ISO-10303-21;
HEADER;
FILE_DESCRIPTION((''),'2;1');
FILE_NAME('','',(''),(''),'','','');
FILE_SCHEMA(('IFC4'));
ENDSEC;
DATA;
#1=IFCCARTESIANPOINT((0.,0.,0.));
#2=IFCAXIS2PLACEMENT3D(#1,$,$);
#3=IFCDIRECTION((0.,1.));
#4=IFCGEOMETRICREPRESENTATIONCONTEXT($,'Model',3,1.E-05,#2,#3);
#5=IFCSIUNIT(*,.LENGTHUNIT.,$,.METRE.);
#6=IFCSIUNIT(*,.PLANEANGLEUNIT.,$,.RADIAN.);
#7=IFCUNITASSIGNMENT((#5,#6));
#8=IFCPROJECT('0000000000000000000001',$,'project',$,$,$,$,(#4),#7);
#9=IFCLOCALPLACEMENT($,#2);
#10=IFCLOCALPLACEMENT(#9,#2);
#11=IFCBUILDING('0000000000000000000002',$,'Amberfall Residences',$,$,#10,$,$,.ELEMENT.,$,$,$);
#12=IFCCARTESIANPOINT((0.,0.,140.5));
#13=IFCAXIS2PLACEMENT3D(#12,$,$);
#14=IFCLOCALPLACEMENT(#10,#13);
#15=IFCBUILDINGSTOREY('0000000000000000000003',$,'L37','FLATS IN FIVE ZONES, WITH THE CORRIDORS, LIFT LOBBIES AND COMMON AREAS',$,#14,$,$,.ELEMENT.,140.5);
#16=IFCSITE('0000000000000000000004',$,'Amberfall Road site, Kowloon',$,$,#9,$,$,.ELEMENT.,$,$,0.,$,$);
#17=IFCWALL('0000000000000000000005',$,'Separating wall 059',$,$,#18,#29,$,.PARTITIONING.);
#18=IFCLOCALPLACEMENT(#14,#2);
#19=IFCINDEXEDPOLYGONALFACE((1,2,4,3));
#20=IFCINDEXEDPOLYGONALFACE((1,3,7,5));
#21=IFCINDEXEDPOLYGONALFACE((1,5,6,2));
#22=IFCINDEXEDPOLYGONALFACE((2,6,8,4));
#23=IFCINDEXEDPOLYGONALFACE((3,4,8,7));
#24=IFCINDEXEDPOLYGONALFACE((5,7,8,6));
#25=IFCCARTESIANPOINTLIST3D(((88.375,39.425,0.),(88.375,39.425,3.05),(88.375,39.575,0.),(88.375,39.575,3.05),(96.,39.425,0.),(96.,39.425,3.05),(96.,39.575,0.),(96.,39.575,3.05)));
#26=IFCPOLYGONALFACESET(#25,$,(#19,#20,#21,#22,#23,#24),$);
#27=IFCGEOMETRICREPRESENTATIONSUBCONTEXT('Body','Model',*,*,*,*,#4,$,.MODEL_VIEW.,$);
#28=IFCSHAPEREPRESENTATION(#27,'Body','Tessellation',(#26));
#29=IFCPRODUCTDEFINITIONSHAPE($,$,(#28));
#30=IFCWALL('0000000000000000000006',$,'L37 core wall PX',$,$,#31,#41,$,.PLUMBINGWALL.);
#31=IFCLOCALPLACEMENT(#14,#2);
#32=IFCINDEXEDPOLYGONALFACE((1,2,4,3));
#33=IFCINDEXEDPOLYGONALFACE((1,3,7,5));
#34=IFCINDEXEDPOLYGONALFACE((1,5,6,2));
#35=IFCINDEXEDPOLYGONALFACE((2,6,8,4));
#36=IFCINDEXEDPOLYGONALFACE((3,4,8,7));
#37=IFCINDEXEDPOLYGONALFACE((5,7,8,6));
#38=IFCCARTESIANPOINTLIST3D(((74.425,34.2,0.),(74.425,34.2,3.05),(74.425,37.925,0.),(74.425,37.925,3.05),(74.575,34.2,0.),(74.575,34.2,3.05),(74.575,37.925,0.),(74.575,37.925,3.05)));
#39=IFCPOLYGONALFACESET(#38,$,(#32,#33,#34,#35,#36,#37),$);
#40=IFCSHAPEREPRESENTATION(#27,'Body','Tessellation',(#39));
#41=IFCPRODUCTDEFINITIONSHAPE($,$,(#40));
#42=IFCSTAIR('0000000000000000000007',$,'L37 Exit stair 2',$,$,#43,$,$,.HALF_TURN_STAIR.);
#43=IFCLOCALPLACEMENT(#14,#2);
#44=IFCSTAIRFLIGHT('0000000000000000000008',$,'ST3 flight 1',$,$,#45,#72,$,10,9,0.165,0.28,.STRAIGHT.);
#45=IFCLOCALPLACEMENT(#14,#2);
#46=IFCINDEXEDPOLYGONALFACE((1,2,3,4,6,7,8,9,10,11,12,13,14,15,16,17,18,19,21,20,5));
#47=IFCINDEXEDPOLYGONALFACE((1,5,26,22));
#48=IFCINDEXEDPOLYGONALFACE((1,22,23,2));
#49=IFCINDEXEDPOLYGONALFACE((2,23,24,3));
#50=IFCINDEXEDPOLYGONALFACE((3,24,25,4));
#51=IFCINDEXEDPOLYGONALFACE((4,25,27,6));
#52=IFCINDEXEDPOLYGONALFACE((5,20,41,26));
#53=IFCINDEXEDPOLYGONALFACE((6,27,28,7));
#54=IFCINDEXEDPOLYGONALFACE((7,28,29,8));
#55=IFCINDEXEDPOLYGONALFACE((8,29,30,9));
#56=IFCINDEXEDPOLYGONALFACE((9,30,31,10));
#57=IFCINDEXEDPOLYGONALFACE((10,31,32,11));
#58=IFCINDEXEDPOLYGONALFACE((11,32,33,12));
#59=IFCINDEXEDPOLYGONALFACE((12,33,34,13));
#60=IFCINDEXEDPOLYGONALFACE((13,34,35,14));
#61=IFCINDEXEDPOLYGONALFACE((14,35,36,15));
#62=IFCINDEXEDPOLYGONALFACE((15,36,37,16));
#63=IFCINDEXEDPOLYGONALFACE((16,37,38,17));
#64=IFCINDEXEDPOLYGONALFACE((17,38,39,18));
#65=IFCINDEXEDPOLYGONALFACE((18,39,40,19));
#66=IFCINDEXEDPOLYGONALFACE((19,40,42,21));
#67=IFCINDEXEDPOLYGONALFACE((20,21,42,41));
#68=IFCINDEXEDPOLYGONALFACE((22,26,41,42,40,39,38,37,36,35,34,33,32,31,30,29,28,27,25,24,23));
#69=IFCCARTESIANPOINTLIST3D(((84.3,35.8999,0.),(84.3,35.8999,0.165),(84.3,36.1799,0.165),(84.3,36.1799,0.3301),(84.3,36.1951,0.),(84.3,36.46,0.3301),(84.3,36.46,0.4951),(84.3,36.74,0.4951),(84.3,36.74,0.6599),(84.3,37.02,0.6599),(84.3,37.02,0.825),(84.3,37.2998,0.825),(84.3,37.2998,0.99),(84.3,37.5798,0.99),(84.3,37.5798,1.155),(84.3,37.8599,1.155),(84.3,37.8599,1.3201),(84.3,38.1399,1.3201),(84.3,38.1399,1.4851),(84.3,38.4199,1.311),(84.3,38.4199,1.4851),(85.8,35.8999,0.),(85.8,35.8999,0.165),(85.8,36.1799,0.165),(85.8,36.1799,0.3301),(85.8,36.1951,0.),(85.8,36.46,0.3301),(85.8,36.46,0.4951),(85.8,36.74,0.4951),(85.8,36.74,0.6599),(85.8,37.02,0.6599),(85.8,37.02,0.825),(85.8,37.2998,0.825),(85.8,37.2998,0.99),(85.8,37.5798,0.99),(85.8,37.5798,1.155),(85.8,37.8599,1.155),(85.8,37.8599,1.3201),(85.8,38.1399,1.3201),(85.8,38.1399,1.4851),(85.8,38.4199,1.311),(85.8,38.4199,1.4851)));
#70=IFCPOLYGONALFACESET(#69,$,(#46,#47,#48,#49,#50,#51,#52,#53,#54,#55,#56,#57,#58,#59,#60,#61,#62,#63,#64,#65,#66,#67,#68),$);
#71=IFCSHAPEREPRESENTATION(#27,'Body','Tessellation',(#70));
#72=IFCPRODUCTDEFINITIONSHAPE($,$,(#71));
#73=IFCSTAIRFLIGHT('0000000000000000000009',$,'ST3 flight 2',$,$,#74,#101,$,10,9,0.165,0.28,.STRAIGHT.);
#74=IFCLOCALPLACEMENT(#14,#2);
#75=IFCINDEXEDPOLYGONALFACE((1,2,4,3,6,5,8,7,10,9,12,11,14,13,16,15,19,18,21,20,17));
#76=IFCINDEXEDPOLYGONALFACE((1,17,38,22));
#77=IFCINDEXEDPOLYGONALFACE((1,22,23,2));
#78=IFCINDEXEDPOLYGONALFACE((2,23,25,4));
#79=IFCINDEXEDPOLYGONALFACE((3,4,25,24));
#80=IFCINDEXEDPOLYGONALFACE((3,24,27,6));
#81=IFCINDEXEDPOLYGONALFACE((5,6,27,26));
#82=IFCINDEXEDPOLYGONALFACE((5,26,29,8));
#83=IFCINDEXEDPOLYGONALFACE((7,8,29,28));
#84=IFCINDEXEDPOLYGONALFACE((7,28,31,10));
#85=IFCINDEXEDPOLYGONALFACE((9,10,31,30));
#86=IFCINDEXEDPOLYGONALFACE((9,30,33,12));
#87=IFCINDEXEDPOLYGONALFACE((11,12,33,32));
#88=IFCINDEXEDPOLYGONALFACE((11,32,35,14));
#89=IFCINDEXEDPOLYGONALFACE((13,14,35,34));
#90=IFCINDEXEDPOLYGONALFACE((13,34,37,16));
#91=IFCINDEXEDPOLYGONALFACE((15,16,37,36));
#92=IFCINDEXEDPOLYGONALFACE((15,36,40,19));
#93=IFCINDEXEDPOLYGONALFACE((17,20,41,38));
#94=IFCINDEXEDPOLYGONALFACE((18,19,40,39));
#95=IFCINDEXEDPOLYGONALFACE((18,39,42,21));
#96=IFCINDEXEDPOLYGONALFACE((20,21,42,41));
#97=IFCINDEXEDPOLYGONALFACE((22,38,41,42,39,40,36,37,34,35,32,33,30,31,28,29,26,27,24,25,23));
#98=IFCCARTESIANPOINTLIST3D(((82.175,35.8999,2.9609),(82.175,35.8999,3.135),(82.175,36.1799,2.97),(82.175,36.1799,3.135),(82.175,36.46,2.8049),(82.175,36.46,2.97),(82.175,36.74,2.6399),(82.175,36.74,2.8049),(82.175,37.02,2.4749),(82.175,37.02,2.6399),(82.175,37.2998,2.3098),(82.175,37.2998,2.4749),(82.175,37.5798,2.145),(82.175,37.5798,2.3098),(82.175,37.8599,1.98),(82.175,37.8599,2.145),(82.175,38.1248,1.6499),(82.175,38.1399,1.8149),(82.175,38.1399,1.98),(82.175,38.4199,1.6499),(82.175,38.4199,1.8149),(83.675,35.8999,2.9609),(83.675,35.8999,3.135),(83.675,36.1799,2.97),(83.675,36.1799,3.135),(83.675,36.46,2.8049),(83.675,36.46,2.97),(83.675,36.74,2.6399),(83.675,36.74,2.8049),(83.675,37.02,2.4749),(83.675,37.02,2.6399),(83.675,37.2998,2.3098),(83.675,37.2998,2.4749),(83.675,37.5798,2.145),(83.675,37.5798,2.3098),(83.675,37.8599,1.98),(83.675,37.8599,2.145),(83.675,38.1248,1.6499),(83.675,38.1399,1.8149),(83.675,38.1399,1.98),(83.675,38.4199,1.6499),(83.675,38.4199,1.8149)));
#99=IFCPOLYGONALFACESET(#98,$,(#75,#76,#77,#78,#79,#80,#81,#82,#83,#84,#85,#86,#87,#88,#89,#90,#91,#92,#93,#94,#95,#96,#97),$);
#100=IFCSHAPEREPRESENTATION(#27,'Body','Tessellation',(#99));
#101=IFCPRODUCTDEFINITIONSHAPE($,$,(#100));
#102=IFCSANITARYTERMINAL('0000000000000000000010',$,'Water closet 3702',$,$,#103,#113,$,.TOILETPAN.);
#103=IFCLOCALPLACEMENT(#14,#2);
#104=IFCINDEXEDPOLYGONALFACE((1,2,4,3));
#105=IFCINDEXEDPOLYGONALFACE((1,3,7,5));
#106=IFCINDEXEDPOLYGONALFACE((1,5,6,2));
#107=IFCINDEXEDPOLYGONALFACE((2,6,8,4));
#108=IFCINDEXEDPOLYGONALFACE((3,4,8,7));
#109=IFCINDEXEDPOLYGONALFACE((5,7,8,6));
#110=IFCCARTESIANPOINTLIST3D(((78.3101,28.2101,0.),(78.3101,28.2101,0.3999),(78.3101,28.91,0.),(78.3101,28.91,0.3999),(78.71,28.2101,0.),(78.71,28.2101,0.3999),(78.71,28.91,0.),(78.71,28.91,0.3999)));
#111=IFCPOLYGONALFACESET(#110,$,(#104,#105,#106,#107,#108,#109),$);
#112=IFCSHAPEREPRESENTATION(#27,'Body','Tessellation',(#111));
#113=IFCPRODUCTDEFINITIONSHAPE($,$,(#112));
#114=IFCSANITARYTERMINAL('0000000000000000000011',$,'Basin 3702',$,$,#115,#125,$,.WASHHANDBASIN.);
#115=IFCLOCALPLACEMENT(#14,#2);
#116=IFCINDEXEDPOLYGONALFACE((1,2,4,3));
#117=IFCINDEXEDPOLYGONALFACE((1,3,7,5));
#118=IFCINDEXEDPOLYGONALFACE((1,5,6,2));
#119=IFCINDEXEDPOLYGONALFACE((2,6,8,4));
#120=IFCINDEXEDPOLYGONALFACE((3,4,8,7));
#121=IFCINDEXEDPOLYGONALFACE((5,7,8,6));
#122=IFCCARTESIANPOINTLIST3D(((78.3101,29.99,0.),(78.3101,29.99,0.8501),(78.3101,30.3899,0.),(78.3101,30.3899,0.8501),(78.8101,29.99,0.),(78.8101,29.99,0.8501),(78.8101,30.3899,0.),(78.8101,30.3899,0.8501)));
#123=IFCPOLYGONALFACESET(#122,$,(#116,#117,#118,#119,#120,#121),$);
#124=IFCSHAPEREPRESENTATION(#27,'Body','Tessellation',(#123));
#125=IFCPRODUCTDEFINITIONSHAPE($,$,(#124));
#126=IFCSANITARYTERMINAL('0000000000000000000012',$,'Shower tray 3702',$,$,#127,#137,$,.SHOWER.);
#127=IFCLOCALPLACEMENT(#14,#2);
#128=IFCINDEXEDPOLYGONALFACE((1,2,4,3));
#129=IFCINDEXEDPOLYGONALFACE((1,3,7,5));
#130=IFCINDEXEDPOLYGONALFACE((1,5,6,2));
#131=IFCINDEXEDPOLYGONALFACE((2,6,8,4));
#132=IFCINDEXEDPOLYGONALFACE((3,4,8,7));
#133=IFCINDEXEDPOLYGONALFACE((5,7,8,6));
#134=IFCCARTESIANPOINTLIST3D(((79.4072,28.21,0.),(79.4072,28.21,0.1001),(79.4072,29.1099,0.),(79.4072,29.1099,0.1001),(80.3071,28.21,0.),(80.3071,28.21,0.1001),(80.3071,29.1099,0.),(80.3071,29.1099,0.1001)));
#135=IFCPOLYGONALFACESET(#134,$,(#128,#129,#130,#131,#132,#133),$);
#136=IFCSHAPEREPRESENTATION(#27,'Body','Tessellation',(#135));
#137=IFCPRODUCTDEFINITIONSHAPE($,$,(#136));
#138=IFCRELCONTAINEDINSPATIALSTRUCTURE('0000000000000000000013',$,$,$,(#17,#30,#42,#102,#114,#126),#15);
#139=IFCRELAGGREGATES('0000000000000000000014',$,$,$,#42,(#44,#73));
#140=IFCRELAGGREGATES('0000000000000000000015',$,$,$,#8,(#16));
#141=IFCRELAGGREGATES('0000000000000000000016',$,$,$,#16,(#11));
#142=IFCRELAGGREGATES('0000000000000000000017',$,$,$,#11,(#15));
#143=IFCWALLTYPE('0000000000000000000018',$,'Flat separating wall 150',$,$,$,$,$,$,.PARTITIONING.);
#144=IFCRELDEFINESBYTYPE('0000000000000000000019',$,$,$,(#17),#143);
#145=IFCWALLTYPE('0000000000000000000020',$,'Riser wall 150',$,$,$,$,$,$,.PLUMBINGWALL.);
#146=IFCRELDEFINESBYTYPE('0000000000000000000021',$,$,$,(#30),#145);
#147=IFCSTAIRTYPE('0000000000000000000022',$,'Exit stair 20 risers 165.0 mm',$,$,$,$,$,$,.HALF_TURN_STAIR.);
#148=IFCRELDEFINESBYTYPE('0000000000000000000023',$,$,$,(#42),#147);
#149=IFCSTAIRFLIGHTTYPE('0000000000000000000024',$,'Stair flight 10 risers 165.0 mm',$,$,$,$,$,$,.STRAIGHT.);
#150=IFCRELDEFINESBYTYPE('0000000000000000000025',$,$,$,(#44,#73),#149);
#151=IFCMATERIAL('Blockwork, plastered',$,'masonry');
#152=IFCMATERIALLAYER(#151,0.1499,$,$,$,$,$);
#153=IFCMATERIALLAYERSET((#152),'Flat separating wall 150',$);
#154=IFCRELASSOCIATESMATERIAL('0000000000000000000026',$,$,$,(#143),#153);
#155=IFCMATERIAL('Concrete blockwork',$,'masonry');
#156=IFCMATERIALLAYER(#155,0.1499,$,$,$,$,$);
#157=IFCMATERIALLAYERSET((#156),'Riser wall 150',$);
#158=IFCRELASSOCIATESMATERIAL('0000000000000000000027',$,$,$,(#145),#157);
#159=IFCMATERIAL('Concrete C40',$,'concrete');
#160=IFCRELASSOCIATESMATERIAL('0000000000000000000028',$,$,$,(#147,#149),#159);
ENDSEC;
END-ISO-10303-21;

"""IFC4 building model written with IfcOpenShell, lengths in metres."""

from ifc_helpers import new_model, si_unit, direction, frame, frame_2d, origin, origin_2d, place, context, subcontext, project, spatial, polyline, rectangle, outline, extrude, material, layer, layer_set, type_object, element, aggregate, save


model = new_model("IFC4")

# Units and contexts
model_context = context("Model", 3, precision=1e-05, world=origin(), true_north=direction((0.0, 1.0)))
body_context = subcontext(model_context, "Body", "Model", "MODEL_VIEW")
ifc_project = project(units=[si_unit("LENGTHUNIT", "METRE"), si_unit("PLANEANGLEUNIT", "RADIAN")], contexts=[model_context])

# Site, building, storey
site_placement = place(None, origin())
site = spatial("IfcSite", under=ifc_project, at=site_placement, Name="Amberfall Road site, Kowloon", CompositionType="ELEMENT", RefElevation=0.0)
building_placement = place(site_placement, origin())
building = spatial("IfcBuilding", under=site, at=building_placement, Name="Amberfall Residences", CompositionType="ELEMENT")
storey_placement = place(building_placement, frame((0.0, 0.0, 140.5)))
storey = spatial("IfcBuildingStorey", under=building, at=storey_placement, Name="L37", Description="FLATS IN FIVE ZONES, WITH THE CORRIDORS, LIFT LOBBIES AND COMMON AREAS", CompositionType="ELEMENT", Elevation=140.5)

# Walls
ifc_material_1 = material(Name="Blockwork, plastered", Category="masonry")
ifc_layer_1 = layer(ifc_material_1, 0.1499)
ifc_layer_set_1 = layer_set([ifc_layer_1], Name="Flat separating wall 150")
wall_type_1 = type_object("IfcWallType", Name="Flat separating wall 150", PredefinedType="PARTITIONING", material=ifc_layer_set_1)
wall_1_placement = place(storey_placement, frame((88.375, 39.5, 0.0), z_axis=(0.0, 0.0, 1.0), x_axis=(1.0, 0.0, 0.0)))
element("IfcWall", 1, at=wall_1_placement, inside=storey, type_object=wall_type_1, Name="Separating wall 059", PredefinedType="PARTITIONING", context=body_context, shape_type="SweptSolid", body=[
    extrude(rectangle(XDim=7.625, YDim=0.1499, at=frame_2d((3.8125, 0.0))), origin(), (0.0, 0.0, 1.0), 3.05),
])
ifc_material_2 = material(Name="Concrete blockwork", Category="masonry")
ifc_layer_2 = layer(ifc_material_2, 0.1499)
ifc_layer_set_2 = layer_set([ifc_layer_2], Name="Riser wall 150")
wall_type_2 = type_object("IfcWallType", Name="Riser wall 150", PredefinedType="PLUMBINGWALL", material=ifc_layer_set_2)
wall_2_placement = place(storey_placement, frame((74.5, 34.2, 0.0), z_axis=(0.0, 0.0, 1.0), x_axis=(0.0, 1.0, 0.0)))
element("IfcWall", 2, at=wall_2_placement, inside=storey, type_object=wall_type_2, Name="L37 core wall PX", PredefinedType="PLUMBINGWALL", context=body_context, shape_type="SweptSolid", body=[
    extrude(rectangle(XDim=3.7251, YDim=0.1499, at=frame_2d((1.8625, 0.0))), origin(), (0.0, 0.0, 1.0), 3.05),
])

# Stair, stair flights
ifc_material_3 = material(Name="Concrete C40", Category="concrete")
stair_type = type_object("IfcStairType", Name="Exit stair 20 risers 165.0 mm", PredefinedType="HALF_TURN_STAIR", material=ifc_material_3)
stair_placement = place(storey_placement, origin())
stair = element("IfcStair", 3, at=stair_placement, inside=storey, type_object=stair_type, Name="L37 Exit stair 2", PredefinedType="HALF_TURN_STAIR")
stair_flight_type = type_object("IfcStairFlightType", Name="Stair flight 10 risers 165.0 mm", PredefinedType="STRAIGHT", material=ifc_material_3)
stair_flight_1_placement = place(storey_placement, frame((85.05, 35.8999, 0.0), z_axis=(0.0, 0.0, 1.0), x_axis=(0.0, 1.0, 0.0)))
stair_flight_1 = element("IfcStairFlight", 4, at=stair_flight_1_placement, type_object=stair_flight_type, Name="ST3 flight 1", NumberOfRisers=10, NumberOfTreads=9, PredefinedType="STRAIGHT", RiserHeight=0.165, TreadLength=0.28, context=body_context, shape_type="SweptSolid", body=[
    extrude(outline(polyline([(0.0, 0.0), (0.0, 0.165), (0.28, 0.165), (0.28, 0.3301), (0.5601, 0.3301), (0.5601, 0.4951), (0.8401, 0.4951), (0.8401, 0.6599), (1.1201, 0.6599), (1.1201, 0.825), (1.3999, 0.825), (1.3999, 0.99), (1.6799, 0.99), (1.6799, 1.155), (1.96, 1.155), (1.96, 1.3201), (2.24, 1.3201), (2.24, 1.4851), (2.52, 1.4851), (2.52, 1.6499), (2.52, 1.311), (0.2952, 0.0), (0.0, 0.0)])), frame((0.0, 0.75, 0.0), z_axis=(0.0, -1.0, 0.0), x_axis=(1.0, 0.0, 0.0)), (0.0, 0.0, 1.0), 1.5),
])
stair_flight_2_placement = place(storey_placement, frame((82.925, 38.4199, 1.6499), z_axis=(0.0, 0.0, 1.0), x_axis=(0.0, -1.0, 0.0)))
stair_flight_2 = element("IfcStairFlight", 5, at=stair_flight_2_placement, type_object=stair_flight_type, Name="ST3 flight 2", NumberOfRisers=10, NumberOfTreads=9, PredefinedType="STRAIGHT", RiserHeight=0.165, TreadLength=0.28, context=body_context, shape_type="SweptSolid", body=[
    extrude(outline(polyline([(0.0, 0.0), (0.0, 0.165), (0.28, 0.165), (0.28, 0.3301), (0.5601, 0.3301), (0.5601, 0.4951), (0.8401, 0.4951), (0.8401, 0.6599), (1.1201, 0.6599), (1.1201, 0.825), (1.3999, 0.825), (1.3999, 0.99), (1.6799, 0.99), (1.6799, 1.155), (1.96, 1.155), (1.96, 1.3201), (2.24, 1.3201), (2.24, 1.4851), (2.52, 1.4851), (2.52, 1.6499), (2.52, 1.311), (0.2952, 0.0), (0.0, 0.0)])), frame((0.0, 0.75, 0.0), z_axis=(0.0, -1.0, 0.0), x_axis=(1.0, 0.0, 0.0)), (0.0, 0.0, 1.0), 1.5),
])
aggregate(stair, [stair_flight_1, stair_flight_2])

# Sanitary terminals
sanitary_terminal_1_placement = place(storey_placement, frame((78.51, 28.5601, 0.0), z_axis=(0.0, 0.0, 1.0), x_axis=(1.0, 0.0, 0.0)))
element("IfcSanitaryTerminal", 6, at=sanitary_terminal_1_placement, inside=storey, Name="Water closet 3702", PredefinedType="TOILETPAN", context=body_context, shape_type="SweptSolid", body=[
    extrude(rectangle(XDim=0.3999, YDim=0.7, at=origin_2d()), origin(), (0.0, 0.0, 1.0), 0.3999),
])
sanitary_terminal_2_placement = place(storey_placement, frame((78.5601, 30.1899, 0.0), z_axis=(0.0, 0.0, 1.0), x_axis=(1.0, 0.0, 0.0)))
element("IfcSanitaryTerminal", 7, at=sanitary_terminal_2_placement, inside=storey, Name="Basin 3702", PredefinedType="WASHHANDBASIN", context=body_context, shape_type="SweptSolid", body=[
    extrude(rectangle(XDim=0.5, YDim=0.3999, at=origin_2d()), origin(), (0.0, 0.0, 1.0), 0.8501),
])
sanitary_terminal_3_placement = place(storey_placement, frame((79.8572, 28.6599, 0.0), z_axis=(0.0, 0.0, 1.0), x_axis=(1.0, 0.0, 0.0)))
element("IfcSanitaryTerminal", 8, at=sanitary_terminal_3_placement, inside=storey, Name="Shower tray 3702", PredefinedType="SHOWER", context=body_context, shape_type="SweptSolid", body=[
    extrude(rectangle(XDim=0.8999, YDim=0.8999, at=origin_2d()), origin(), (0.0, 0.0, 1.0), 0.1001),
])

save(model, "model.ifc")
